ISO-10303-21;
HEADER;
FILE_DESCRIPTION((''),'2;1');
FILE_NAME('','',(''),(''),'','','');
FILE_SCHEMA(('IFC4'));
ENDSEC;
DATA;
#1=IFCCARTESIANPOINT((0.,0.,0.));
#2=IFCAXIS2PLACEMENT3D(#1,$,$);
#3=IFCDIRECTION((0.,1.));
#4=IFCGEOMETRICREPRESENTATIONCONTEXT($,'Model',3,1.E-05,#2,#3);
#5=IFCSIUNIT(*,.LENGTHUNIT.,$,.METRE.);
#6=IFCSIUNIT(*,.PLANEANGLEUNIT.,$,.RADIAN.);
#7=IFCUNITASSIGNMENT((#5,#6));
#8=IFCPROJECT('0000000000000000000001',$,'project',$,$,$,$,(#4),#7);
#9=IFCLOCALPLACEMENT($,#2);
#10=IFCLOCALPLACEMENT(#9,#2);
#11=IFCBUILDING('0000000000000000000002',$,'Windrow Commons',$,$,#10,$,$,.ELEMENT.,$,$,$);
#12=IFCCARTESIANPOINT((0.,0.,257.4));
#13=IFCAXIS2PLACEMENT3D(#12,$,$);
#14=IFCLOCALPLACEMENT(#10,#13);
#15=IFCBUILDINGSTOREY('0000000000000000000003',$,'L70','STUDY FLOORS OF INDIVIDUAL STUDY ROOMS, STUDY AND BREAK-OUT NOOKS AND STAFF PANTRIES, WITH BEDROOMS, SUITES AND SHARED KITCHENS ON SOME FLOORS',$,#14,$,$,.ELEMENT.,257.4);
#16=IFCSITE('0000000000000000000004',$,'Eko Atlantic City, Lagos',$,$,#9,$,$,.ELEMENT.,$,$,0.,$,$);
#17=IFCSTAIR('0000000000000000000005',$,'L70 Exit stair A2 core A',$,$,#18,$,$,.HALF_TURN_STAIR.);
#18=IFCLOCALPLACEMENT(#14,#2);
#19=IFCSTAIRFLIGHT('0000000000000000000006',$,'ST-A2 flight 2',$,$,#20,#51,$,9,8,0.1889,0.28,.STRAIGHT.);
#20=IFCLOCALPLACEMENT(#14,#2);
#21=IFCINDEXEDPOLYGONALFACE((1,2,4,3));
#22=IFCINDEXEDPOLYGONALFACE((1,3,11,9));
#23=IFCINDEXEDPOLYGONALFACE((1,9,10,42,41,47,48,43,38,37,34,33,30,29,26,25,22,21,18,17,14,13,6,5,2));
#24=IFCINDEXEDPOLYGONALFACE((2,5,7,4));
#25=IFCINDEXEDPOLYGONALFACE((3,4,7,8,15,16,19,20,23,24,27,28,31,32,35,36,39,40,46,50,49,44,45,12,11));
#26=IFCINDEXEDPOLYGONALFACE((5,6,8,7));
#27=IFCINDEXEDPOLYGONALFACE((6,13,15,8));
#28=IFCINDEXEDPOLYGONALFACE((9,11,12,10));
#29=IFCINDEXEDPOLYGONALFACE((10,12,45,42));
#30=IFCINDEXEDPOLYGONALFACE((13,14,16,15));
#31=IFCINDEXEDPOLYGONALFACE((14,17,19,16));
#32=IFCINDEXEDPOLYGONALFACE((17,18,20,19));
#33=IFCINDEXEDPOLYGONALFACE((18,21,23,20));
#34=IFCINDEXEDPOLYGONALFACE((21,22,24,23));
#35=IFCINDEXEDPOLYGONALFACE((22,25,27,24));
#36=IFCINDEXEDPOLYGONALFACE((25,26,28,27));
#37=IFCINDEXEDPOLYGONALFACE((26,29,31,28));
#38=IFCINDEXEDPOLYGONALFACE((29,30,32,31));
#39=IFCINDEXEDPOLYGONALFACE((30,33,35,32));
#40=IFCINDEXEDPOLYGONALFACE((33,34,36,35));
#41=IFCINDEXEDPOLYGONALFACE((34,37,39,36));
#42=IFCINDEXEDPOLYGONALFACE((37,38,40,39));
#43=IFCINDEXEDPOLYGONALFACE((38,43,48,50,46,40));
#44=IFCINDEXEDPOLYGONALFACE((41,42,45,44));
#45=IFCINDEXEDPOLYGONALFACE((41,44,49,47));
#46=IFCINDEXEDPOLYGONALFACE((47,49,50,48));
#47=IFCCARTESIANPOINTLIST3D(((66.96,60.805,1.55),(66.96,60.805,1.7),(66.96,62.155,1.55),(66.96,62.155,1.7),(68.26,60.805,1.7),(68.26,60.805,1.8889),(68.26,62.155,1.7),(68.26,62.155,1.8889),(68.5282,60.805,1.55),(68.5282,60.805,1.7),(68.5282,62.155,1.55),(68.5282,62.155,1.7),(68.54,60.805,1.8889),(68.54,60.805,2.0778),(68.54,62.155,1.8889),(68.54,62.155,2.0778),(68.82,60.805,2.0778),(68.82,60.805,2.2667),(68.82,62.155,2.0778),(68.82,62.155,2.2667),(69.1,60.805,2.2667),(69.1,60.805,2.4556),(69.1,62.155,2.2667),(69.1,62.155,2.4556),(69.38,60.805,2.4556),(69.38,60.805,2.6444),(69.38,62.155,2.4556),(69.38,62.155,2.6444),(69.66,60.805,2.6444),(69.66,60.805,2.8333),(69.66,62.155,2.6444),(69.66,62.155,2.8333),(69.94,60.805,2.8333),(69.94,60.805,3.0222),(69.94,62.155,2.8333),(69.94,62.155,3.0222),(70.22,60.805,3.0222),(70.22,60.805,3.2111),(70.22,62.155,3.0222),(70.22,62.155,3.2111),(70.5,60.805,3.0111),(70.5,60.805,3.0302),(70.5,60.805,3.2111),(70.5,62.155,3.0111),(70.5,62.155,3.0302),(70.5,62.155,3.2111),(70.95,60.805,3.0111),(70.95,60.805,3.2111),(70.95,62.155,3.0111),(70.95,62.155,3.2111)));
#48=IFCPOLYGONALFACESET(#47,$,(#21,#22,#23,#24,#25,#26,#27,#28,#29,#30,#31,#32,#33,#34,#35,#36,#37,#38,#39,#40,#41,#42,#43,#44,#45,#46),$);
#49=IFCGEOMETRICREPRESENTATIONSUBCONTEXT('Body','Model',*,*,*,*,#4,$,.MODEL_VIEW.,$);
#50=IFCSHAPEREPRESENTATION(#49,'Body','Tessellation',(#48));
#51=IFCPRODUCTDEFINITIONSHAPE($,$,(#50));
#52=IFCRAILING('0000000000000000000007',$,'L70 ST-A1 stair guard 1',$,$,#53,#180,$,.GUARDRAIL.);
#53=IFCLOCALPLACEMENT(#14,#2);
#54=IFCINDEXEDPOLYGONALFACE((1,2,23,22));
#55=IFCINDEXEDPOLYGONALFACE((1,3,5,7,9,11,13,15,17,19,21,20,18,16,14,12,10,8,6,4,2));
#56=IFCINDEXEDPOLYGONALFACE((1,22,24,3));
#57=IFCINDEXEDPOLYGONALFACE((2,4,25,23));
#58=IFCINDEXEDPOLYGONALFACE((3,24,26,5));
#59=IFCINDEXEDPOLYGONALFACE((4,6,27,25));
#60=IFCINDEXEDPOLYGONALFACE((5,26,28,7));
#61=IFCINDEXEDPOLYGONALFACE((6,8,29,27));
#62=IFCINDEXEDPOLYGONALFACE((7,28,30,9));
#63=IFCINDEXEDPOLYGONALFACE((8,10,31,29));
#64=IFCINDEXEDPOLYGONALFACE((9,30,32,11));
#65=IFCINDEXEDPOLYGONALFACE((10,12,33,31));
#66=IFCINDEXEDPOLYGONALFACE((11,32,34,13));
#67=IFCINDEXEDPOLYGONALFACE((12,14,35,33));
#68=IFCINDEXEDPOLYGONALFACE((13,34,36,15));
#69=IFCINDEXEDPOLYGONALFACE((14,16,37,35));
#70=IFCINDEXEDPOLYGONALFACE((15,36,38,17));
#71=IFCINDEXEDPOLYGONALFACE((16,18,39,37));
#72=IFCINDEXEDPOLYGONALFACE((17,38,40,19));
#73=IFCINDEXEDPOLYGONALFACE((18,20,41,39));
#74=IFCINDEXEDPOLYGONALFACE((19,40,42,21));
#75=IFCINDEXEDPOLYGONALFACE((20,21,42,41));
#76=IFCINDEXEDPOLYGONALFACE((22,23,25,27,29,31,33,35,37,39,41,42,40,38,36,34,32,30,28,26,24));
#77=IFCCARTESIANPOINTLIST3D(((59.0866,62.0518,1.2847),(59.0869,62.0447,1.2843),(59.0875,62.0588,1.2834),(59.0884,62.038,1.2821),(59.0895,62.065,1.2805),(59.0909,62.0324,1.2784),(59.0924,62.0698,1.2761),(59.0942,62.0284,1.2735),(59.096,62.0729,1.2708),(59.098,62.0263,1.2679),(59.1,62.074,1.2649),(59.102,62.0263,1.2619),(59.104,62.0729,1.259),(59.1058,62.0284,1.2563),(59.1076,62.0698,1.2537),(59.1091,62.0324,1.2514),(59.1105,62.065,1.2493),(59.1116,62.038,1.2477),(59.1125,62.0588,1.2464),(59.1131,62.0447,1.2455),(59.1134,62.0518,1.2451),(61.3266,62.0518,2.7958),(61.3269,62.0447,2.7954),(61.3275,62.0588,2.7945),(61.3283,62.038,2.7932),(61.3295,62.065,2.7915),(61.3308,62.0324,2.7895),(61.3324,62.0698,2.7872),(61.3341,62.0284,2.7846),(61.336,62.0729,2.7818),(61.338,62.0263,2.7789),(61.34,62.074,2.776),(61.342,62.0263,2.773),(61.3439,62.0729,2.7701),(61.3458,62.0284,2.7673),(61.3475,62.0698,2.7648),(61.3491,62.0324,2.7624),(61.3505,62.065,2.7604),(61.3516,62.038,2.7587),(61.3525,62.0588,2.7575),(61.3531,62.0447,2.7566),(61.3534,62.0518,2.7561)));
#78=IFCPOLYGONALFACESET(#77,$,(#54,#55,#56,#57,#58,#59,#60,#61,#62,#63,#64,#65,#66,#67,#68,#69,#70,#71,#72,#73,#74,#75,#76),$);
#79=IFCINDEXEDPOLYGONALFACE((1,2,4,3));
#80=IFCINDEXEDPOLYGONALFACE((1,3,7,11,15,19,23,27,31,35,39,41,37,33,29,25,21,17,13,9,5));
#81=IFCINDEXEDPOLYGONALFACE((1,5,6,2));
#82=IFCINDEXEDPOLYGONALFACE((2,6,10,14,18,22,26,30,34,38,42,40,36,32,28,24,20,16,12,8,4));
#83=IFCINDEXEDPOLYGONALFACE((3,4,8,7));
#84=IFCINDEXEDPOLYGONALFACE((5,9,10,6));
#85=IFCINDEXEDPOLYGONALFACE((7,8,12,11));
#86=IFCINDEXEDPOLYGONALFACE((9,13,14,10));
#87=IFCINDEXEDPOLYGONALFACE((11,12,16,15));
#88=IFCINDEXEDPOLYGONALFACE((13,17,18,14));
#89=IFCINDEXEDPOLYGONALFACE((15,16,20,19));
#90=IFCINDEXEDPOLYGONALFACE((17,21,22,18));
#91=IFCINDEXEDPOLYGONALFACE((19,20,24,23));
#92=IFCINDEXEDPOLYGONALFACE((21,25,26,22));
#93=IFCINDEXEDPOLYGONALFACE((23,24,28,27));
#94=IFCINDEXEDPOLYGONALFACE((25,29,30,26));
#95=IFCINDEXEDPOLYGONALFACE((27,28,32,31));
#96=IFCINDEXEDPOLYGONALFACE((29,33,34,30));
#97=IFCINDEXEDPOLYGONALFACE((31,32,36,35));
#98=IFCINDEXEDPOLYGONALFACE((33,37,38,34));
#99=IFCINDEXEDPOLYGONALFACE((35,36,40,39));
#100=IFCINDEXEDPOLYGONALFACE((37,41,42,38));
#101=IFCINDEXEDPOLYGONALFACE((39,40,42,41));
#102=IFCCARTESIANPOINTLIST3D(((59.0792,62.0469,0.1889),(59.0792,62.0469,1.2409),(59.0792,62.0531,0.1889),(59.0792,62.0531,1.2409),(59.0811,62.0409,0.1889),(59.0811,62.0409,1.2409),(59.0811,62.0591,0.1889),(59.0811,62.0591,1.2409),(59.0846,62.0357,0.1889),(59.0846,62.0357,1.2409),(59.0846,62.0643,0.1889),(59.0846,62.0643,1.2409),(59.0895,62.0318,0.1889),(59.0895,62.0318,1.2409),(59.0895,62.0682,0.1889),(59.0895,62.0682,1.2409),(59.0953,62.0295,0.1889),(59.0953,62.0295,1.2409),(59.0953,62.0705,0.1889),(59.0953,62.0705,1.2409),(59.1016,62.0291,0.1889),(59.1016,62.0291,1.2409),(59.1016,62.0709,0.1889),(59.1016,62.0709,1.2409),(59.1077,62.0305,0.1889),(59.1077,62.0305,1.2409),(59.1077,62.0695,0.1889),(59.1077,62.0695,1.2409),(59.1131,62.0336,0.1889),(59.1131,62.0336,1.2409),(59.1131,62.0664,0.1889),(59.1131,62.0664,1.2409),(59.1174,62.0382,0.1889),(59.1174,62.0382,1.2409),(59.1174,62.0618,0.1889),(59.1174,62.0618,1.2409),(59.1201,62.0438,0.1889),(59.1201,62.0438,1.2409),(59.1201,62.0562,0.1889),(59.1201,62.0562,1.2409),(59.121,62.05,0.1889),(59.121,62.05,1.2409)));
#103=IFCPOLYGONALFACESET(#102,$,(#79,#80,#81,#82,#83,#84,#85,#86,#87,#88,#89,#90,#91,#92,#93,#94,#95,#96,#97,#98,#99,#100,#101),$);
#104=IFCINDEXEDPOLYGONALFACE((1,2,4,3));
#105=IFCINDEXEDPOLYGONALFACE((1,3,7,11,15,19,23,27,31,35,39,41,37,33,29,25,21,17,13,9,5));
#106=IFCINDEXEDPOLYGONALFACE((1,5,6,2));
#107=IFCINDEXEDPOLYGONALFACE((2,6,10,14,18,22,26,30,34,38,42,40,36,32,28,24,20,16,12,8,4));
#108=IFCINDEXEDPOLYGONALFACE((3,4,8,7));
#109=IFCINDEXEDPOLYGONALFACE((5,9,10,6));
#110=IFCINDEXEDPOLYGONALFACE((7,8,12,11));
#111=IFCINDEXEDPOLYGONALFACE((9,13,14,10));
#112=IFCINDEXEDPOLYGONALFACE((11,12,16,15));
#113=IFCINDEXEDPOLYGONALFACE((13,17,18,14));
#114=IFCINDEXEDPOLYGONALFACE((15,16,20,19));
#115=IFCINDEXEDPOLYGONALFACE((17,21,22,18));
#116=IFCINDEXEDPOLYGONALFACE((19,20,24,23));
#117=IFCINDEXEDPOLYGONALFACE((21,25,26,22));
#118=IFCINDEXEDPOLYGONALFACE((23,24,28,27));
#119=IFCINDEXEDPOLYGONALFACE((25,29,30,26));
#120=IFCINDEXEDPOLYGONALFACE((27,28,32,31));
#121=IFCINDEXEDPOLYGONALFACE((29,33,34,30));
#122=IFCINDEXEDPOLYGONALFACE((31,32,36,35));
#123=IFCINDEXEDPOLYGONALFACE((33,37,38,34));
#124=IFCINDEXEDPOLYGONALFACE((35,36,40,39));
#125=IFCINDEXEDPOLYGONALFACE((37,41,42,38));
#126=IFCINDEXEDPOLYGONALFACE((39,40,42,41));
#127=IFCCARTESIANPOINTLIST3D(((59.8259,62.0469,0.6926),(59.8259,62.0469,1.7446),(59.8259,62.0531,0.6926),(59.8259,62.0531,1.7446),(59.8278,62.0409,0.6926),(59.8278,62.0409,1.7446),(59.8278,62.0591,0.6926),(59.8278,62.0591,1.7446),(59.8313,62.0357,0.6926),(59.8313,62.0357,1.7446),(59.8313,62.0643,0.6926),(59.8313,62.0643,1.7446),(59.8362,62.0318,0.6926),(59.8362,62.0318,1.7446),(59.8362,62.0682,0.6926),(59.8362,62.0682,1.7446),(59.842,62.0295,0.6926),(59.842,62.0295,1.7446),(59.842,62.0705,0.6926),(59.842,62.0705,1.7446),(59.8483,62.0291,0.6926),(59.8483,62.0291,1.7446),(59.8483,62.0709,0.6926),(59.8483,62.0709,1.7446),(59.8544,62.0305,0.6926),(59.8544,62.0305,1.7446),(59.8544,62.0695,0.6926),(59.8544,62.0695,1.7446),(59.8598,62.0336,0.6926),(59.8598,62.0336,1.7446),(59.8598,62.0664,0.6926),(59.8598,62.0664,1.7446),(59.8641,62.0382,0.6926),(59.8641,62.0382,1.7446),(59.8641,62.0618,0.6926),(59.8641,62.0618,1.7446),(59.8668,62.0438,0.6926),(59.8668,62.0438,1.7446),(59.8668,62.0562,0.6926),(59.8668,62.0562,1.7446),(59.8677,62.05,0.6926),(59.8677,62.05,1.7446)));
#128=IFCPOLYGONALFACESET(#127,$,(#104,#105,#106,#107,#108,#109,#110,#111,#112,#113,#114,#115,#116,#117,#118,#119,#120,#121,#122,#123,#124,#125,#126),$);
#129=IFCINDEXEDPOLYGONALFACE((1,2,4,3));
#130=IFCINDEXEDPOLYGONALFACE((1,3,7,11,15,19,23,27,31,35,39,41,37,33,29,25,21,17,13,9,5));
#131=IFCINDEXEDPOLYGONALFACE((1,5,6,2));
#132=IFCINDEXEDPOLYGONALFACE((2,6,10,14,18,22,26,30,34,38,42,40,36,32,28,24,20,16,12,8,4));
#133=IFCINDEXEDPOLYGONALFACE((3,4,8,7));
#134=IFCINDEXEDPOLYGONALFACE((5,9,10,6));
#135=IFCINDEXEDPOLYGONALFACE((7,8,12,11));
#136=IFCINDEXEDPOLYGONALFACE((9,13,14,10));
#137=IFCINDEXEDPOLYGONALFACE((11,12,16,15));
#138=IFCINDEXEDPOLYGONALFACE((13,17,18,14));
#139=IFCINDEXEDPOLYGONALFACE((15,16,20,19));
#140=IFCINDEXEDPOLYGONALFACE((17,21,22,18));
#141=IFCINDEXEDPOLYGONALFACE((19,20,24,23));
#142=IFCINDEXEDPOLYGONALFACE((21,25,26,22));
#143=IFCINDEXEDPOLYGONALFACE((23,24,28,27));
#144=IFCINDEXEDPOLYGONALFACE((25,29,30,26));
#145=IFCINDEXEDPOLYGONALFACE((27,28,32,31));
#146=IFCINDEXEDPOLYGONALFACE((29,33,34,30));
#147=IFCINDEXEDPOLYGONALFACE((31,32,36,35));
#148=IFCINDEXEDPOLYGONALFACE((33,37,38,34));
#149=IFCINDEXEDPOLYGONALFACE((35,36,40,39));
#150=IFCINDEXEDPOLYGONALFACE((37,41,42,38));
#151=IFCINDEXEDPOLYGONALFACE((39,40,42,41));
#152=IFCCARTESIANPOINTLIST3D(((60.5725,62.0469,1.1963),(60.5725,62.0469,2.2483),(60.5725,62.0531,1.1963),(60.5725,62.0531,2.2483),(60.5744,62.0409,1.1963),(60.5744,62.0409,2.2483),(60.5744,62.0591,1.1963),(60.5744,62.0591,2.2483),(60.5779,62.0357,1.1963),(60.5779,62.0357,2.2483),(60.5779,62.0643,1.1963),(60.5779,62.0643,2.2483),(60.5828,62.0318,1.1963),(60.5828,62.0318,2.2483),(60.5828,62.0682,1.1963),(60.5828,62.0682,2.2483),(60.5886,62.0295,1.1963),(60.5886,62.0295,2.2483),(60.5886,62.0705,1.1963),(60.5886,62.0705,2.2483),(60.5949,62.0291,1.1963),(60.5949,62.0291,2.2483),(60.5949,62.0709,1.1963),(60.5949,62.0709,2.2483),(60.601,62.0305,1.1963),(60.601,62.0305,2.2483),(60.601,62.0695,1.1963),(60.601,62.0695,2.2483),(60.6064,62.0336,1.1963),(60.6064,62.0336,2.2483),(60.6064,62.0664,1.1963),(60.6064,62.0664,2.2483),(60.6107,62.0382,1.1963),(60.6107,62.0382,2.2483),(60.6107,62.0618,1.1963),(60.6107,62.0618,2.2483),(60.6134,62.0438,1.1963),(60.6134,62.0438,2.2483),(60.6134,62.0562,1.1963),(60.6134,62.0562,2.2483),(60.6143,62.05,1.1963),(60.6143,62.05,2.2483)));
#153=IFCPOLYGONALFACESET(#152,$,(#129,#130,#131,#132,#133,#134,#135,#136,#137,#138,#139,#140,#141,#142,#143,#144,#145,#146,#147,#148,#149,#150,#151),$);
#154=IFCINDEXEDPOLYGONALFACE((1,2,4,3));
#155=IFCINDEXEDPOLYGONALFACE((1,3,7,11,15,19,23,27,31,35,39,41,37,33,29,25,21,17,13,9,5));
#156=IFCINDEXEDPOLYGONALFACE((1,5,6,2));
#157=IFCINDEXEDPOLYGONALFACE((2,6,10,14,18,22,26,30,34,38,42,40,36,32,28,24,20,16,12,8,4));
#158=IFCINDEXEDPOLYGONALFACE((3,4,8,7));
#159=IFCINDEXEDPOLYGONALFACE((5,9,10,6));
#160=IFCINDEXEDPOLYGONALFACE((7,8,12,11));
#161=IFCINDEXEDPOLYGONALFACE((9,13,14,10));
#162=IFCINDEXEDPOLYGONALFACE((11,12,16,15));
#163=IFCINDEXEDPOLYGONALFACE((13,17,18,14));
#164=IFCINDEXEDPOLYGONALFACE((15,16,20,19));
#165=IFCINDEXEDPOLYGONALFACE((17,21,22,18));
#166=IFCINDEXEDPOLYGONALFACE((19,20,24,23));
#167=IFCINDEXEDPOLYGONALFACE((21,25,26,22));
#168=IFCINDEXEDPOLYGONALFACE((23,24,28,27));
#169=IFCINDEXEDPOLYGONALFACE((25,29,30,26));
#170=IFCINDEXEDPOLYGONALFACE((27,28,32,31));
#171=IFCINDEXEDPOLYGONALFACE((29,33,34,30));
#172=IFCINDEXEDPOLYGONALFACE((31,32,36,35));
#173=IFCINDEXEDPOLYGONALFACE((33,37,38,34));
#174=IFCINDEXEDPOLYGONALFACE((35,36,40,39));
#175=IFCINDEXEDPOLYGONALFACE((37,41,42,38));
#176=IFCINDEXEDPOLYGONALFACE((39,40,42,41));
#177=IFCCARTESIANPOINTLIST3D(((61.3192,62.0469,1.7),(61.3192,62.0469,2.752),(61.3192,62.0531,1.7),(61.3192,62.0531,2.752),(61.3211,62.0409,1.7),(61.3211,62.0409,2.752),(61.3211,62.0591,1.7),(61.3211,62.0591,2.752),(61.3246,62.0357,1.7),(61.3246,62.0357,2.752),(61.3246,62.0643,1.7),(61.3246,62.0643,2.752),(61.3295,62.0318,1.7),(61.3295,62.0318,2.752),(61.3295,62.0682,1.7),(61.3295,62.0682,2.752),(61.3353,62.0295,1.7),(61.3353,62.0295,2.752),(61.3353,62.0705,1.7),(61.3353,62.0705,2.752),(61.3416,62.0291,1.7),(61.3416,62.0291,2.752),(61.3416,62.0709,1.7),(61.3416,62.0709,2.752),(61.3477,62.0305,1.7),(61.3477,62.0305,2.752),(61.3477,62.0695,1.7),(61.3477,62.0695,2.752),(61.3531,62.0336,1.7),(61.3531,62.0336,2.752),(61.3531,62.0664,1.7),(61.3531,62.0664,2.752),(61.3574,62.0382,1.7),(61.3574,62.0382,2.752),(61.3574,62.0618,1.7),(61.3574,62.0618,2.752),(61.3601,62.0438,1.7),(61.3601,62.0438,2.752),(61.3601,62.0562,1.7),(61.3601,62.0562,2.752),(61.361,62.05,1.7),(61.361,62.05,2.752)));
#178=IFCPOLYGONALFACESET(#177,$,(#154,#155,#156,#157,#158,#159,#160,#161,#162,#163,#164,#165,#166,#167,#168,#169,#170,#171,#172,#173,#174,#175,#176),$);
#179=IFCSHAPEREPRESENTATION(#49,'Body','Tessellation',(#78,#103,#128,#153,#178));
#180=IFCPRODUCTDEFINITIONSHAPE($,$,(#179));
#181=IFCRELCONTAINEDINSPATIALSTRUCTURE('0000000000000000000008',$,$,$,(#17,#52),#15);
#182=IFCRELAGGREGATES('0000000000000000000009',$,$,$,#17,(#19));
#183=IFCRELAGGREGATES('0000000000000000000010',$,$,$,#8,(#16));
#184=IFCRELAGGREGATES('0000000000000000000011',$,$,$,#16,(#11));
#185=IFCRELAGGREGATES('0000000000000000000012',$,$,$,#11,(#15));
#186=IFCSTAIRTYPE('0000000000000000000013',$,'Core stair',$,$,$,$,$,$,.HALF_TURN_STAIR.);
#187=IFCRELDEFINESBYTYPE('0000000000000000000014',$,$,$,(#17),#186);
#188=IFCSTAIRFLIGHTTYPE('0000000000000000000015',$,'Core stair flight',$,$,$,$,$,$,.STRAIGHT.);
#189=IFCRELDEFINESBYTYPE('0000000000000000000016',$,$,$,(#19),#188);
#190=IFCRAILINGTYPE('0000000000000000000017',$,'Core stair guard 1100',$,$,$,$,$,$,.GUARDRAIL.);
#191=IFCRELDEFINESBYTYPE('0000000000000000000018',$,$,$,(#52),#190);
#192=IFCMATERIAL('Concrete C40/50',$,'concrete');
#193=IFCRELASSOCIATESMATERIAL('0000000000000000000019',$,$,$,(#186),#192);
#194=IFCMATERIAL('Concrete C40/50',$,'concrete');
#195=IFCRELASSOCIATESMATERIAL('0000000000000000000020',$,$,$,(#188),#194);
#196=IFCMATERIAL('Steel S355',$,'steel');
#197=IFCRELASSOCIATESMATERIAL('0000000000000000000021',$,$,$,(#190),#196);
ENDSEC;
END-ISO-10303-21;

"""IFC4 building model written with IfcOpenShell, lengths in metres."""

from ifc_helpers import new_model, si_unit, direction, frame, origin, origin_2d, place, context, subcontext, project, spatial, polyline, circle, outline, extrude, material, type_object, element, aggregate, save


model = new_model("IFC4")

# Units and contexts
model_context = context("Model", 3, precision=1e-05, world=origin(), true_north=direction((0.0, 1.0)))
body_context = subcontext(model_context, "Body", "Model", "MODEL_VIEW")
ifc_project = project(units=[si_unit("LENGTHUNIT", "METRE"), si_unit("PLANEANGLEUNIT", "RADIAN")], contexts=[model_context])

# Site, building, storey
site_placement = place(None, origin())
site = spatial("IfcSite", under=ifc_project, at=site_placement, Name="Eko Atlantic City, Lagos", CompositionType="ELEMENT", RefElevation=0.0)
building_placement = place(site_placement, origin())
building = spatial("IfcBuilding", under=site, at=building_placement, Name="Windrow Commons", CompositionType="ELEMENT")
storey_placement = place(building_placement, frame((0.0, 0.0, 257.4)))
storey = spatial("IfcBuildingStorey", under=building, at=storey_placement, Name="L70", Description="STUDY FLOORS OF INDIVIDUAL STUDY ROOMS, STUDY AND BREAK-OUT NOOKS AND STAFF PANTRIES, WITH BEDROOMS, SUITES AND SHARED KITCHENS ON SOME FLOORS", CompositionType="ELEMENT", Elevation=257.4)

# Stair, stair flight
ifc_material_1 = material(Name="Concrete C40/50", Category="concrete")
stair_type = type_object("IfcStairType", Name="Core stair", PredefinedType="HALF_TURN_STAIR", material=ifc_material_1)
placement = place(storey_placement, origin())
ifc_material_2 = material(Name="Concrete C40/50", Category="concrete")
stair_flight_type = type_object("IfcStairFlightType", Name="Core stair flight", PredefinedType="STRAIGHT", material=ifc_material_2)
stair_1 = element("IfcStair", 1, at=placement, inside=storey, type_object=stair_type, Name="L70 Exit stair A2 core A", PredefinedType="HALF_TURN_STAIR")
stair_flight_1_placement = place(storey_placement, frame((68.26, 61.48, 1.7), z_axis=(0.0, 0.0, 1.0), x_axis=(1.0, 0.0, 0.0)))
stair_flight_1 = element("IfcStairFlight", 2, at=stair_flight_1_placement, type_object=stair_flight_type, Name="ST-A2 flight 2", NumberOfRisers=9, NumberOfTreads=8, PredefinedType="STRAIGHT", RiserHeight=0.1889, TreadLength=0.28, context=body_context, shape_type="SweptSolid", body=[
    extrude(outline(polyline([(-1.3, -0.15), (-1.3, 0.0), (0.0, 0.0), (0.0, 0.1889), (0.28, 0.1889), (0.28, 0.3778), (0.56, 0.3778), (0.56, 0.5667), (0.84, 0.5667), (0.84, 0.7556), (1.12, 0.7556), (1.12, 0.9444), (1.4, 0.9444), (1.4, 1.1333), (1.68, 1.1333), (1.68, 1.3222), (1.96, 1.3222), (1.96, 1.5111), (2.24, 1.5111), (2.69, 1.5111), (2.69, 1.3111), (2.24, 1.3111), (2.24, 1.3302), (0.2682, 0.0), (0.2682, -0.15), (-1.3, -0.15)])), frame((0.0, 0.675, 0.0), z_axis=(0.0, -1.0, 0.0), x_axis=(1.0, 0.0, 0.0)), (0.0, 0.0, 1.0), 1.35),
])
aggregate(stair_1, [stair_flight_1])

# Railing
ifc_material_3 = material(Name="Steel S355", Category="steel")
railing_type_1 = type_object("IfcRailingType", Name="Core stair guard 1100", PredefinedType="GUARDRAIL", material=ifc_material_3)
for number, where, name in (
    (3, (59.1, 62.05, 0.1889), "L70 ST-A1 stair guard 1"),
):
    element("IfcRailing", number, at=place(storey_placement, frame(where)), inside=storey, type_object=railing_type_1, Name=name, PredefinedType="GUARDRAIL", context=body_context, shape_type="SweptSolid", body=[
        extrude(circle(Radius=0.024, at=origin_2d()), frame((0.0, 0.0, 1.076), z_axis=(0.829003, 0.0, 0.559244), x_axis=(0.0, 1.0, 0.0)), (0.0, 0.0, 1.0), 2.702),
        extrude(circle(Radius=0.021, at=origin_2d()), origin(), (0.0, 0.0, 1.0), 1.052),
        extrude(circle(Radius=0.021, at=origin_2d()), frame((0.7467, 0.0, 0.5037)), (0.0, 0.0, 1.0), 1.052),
        extrude(circle(Radius=0.021, at=origin_2d()), frame((1.4933, 0.0, 1.0074)), (0.0, 0.0, 1.0), 1.052),
        extrude(circle(Radius=0.021, at=origin_2d()), frame((2.24, 0.0, 1.5111)), (0.0, 0.0, 1.0), 1.052),
    ])

save(model, "model.ifc")
